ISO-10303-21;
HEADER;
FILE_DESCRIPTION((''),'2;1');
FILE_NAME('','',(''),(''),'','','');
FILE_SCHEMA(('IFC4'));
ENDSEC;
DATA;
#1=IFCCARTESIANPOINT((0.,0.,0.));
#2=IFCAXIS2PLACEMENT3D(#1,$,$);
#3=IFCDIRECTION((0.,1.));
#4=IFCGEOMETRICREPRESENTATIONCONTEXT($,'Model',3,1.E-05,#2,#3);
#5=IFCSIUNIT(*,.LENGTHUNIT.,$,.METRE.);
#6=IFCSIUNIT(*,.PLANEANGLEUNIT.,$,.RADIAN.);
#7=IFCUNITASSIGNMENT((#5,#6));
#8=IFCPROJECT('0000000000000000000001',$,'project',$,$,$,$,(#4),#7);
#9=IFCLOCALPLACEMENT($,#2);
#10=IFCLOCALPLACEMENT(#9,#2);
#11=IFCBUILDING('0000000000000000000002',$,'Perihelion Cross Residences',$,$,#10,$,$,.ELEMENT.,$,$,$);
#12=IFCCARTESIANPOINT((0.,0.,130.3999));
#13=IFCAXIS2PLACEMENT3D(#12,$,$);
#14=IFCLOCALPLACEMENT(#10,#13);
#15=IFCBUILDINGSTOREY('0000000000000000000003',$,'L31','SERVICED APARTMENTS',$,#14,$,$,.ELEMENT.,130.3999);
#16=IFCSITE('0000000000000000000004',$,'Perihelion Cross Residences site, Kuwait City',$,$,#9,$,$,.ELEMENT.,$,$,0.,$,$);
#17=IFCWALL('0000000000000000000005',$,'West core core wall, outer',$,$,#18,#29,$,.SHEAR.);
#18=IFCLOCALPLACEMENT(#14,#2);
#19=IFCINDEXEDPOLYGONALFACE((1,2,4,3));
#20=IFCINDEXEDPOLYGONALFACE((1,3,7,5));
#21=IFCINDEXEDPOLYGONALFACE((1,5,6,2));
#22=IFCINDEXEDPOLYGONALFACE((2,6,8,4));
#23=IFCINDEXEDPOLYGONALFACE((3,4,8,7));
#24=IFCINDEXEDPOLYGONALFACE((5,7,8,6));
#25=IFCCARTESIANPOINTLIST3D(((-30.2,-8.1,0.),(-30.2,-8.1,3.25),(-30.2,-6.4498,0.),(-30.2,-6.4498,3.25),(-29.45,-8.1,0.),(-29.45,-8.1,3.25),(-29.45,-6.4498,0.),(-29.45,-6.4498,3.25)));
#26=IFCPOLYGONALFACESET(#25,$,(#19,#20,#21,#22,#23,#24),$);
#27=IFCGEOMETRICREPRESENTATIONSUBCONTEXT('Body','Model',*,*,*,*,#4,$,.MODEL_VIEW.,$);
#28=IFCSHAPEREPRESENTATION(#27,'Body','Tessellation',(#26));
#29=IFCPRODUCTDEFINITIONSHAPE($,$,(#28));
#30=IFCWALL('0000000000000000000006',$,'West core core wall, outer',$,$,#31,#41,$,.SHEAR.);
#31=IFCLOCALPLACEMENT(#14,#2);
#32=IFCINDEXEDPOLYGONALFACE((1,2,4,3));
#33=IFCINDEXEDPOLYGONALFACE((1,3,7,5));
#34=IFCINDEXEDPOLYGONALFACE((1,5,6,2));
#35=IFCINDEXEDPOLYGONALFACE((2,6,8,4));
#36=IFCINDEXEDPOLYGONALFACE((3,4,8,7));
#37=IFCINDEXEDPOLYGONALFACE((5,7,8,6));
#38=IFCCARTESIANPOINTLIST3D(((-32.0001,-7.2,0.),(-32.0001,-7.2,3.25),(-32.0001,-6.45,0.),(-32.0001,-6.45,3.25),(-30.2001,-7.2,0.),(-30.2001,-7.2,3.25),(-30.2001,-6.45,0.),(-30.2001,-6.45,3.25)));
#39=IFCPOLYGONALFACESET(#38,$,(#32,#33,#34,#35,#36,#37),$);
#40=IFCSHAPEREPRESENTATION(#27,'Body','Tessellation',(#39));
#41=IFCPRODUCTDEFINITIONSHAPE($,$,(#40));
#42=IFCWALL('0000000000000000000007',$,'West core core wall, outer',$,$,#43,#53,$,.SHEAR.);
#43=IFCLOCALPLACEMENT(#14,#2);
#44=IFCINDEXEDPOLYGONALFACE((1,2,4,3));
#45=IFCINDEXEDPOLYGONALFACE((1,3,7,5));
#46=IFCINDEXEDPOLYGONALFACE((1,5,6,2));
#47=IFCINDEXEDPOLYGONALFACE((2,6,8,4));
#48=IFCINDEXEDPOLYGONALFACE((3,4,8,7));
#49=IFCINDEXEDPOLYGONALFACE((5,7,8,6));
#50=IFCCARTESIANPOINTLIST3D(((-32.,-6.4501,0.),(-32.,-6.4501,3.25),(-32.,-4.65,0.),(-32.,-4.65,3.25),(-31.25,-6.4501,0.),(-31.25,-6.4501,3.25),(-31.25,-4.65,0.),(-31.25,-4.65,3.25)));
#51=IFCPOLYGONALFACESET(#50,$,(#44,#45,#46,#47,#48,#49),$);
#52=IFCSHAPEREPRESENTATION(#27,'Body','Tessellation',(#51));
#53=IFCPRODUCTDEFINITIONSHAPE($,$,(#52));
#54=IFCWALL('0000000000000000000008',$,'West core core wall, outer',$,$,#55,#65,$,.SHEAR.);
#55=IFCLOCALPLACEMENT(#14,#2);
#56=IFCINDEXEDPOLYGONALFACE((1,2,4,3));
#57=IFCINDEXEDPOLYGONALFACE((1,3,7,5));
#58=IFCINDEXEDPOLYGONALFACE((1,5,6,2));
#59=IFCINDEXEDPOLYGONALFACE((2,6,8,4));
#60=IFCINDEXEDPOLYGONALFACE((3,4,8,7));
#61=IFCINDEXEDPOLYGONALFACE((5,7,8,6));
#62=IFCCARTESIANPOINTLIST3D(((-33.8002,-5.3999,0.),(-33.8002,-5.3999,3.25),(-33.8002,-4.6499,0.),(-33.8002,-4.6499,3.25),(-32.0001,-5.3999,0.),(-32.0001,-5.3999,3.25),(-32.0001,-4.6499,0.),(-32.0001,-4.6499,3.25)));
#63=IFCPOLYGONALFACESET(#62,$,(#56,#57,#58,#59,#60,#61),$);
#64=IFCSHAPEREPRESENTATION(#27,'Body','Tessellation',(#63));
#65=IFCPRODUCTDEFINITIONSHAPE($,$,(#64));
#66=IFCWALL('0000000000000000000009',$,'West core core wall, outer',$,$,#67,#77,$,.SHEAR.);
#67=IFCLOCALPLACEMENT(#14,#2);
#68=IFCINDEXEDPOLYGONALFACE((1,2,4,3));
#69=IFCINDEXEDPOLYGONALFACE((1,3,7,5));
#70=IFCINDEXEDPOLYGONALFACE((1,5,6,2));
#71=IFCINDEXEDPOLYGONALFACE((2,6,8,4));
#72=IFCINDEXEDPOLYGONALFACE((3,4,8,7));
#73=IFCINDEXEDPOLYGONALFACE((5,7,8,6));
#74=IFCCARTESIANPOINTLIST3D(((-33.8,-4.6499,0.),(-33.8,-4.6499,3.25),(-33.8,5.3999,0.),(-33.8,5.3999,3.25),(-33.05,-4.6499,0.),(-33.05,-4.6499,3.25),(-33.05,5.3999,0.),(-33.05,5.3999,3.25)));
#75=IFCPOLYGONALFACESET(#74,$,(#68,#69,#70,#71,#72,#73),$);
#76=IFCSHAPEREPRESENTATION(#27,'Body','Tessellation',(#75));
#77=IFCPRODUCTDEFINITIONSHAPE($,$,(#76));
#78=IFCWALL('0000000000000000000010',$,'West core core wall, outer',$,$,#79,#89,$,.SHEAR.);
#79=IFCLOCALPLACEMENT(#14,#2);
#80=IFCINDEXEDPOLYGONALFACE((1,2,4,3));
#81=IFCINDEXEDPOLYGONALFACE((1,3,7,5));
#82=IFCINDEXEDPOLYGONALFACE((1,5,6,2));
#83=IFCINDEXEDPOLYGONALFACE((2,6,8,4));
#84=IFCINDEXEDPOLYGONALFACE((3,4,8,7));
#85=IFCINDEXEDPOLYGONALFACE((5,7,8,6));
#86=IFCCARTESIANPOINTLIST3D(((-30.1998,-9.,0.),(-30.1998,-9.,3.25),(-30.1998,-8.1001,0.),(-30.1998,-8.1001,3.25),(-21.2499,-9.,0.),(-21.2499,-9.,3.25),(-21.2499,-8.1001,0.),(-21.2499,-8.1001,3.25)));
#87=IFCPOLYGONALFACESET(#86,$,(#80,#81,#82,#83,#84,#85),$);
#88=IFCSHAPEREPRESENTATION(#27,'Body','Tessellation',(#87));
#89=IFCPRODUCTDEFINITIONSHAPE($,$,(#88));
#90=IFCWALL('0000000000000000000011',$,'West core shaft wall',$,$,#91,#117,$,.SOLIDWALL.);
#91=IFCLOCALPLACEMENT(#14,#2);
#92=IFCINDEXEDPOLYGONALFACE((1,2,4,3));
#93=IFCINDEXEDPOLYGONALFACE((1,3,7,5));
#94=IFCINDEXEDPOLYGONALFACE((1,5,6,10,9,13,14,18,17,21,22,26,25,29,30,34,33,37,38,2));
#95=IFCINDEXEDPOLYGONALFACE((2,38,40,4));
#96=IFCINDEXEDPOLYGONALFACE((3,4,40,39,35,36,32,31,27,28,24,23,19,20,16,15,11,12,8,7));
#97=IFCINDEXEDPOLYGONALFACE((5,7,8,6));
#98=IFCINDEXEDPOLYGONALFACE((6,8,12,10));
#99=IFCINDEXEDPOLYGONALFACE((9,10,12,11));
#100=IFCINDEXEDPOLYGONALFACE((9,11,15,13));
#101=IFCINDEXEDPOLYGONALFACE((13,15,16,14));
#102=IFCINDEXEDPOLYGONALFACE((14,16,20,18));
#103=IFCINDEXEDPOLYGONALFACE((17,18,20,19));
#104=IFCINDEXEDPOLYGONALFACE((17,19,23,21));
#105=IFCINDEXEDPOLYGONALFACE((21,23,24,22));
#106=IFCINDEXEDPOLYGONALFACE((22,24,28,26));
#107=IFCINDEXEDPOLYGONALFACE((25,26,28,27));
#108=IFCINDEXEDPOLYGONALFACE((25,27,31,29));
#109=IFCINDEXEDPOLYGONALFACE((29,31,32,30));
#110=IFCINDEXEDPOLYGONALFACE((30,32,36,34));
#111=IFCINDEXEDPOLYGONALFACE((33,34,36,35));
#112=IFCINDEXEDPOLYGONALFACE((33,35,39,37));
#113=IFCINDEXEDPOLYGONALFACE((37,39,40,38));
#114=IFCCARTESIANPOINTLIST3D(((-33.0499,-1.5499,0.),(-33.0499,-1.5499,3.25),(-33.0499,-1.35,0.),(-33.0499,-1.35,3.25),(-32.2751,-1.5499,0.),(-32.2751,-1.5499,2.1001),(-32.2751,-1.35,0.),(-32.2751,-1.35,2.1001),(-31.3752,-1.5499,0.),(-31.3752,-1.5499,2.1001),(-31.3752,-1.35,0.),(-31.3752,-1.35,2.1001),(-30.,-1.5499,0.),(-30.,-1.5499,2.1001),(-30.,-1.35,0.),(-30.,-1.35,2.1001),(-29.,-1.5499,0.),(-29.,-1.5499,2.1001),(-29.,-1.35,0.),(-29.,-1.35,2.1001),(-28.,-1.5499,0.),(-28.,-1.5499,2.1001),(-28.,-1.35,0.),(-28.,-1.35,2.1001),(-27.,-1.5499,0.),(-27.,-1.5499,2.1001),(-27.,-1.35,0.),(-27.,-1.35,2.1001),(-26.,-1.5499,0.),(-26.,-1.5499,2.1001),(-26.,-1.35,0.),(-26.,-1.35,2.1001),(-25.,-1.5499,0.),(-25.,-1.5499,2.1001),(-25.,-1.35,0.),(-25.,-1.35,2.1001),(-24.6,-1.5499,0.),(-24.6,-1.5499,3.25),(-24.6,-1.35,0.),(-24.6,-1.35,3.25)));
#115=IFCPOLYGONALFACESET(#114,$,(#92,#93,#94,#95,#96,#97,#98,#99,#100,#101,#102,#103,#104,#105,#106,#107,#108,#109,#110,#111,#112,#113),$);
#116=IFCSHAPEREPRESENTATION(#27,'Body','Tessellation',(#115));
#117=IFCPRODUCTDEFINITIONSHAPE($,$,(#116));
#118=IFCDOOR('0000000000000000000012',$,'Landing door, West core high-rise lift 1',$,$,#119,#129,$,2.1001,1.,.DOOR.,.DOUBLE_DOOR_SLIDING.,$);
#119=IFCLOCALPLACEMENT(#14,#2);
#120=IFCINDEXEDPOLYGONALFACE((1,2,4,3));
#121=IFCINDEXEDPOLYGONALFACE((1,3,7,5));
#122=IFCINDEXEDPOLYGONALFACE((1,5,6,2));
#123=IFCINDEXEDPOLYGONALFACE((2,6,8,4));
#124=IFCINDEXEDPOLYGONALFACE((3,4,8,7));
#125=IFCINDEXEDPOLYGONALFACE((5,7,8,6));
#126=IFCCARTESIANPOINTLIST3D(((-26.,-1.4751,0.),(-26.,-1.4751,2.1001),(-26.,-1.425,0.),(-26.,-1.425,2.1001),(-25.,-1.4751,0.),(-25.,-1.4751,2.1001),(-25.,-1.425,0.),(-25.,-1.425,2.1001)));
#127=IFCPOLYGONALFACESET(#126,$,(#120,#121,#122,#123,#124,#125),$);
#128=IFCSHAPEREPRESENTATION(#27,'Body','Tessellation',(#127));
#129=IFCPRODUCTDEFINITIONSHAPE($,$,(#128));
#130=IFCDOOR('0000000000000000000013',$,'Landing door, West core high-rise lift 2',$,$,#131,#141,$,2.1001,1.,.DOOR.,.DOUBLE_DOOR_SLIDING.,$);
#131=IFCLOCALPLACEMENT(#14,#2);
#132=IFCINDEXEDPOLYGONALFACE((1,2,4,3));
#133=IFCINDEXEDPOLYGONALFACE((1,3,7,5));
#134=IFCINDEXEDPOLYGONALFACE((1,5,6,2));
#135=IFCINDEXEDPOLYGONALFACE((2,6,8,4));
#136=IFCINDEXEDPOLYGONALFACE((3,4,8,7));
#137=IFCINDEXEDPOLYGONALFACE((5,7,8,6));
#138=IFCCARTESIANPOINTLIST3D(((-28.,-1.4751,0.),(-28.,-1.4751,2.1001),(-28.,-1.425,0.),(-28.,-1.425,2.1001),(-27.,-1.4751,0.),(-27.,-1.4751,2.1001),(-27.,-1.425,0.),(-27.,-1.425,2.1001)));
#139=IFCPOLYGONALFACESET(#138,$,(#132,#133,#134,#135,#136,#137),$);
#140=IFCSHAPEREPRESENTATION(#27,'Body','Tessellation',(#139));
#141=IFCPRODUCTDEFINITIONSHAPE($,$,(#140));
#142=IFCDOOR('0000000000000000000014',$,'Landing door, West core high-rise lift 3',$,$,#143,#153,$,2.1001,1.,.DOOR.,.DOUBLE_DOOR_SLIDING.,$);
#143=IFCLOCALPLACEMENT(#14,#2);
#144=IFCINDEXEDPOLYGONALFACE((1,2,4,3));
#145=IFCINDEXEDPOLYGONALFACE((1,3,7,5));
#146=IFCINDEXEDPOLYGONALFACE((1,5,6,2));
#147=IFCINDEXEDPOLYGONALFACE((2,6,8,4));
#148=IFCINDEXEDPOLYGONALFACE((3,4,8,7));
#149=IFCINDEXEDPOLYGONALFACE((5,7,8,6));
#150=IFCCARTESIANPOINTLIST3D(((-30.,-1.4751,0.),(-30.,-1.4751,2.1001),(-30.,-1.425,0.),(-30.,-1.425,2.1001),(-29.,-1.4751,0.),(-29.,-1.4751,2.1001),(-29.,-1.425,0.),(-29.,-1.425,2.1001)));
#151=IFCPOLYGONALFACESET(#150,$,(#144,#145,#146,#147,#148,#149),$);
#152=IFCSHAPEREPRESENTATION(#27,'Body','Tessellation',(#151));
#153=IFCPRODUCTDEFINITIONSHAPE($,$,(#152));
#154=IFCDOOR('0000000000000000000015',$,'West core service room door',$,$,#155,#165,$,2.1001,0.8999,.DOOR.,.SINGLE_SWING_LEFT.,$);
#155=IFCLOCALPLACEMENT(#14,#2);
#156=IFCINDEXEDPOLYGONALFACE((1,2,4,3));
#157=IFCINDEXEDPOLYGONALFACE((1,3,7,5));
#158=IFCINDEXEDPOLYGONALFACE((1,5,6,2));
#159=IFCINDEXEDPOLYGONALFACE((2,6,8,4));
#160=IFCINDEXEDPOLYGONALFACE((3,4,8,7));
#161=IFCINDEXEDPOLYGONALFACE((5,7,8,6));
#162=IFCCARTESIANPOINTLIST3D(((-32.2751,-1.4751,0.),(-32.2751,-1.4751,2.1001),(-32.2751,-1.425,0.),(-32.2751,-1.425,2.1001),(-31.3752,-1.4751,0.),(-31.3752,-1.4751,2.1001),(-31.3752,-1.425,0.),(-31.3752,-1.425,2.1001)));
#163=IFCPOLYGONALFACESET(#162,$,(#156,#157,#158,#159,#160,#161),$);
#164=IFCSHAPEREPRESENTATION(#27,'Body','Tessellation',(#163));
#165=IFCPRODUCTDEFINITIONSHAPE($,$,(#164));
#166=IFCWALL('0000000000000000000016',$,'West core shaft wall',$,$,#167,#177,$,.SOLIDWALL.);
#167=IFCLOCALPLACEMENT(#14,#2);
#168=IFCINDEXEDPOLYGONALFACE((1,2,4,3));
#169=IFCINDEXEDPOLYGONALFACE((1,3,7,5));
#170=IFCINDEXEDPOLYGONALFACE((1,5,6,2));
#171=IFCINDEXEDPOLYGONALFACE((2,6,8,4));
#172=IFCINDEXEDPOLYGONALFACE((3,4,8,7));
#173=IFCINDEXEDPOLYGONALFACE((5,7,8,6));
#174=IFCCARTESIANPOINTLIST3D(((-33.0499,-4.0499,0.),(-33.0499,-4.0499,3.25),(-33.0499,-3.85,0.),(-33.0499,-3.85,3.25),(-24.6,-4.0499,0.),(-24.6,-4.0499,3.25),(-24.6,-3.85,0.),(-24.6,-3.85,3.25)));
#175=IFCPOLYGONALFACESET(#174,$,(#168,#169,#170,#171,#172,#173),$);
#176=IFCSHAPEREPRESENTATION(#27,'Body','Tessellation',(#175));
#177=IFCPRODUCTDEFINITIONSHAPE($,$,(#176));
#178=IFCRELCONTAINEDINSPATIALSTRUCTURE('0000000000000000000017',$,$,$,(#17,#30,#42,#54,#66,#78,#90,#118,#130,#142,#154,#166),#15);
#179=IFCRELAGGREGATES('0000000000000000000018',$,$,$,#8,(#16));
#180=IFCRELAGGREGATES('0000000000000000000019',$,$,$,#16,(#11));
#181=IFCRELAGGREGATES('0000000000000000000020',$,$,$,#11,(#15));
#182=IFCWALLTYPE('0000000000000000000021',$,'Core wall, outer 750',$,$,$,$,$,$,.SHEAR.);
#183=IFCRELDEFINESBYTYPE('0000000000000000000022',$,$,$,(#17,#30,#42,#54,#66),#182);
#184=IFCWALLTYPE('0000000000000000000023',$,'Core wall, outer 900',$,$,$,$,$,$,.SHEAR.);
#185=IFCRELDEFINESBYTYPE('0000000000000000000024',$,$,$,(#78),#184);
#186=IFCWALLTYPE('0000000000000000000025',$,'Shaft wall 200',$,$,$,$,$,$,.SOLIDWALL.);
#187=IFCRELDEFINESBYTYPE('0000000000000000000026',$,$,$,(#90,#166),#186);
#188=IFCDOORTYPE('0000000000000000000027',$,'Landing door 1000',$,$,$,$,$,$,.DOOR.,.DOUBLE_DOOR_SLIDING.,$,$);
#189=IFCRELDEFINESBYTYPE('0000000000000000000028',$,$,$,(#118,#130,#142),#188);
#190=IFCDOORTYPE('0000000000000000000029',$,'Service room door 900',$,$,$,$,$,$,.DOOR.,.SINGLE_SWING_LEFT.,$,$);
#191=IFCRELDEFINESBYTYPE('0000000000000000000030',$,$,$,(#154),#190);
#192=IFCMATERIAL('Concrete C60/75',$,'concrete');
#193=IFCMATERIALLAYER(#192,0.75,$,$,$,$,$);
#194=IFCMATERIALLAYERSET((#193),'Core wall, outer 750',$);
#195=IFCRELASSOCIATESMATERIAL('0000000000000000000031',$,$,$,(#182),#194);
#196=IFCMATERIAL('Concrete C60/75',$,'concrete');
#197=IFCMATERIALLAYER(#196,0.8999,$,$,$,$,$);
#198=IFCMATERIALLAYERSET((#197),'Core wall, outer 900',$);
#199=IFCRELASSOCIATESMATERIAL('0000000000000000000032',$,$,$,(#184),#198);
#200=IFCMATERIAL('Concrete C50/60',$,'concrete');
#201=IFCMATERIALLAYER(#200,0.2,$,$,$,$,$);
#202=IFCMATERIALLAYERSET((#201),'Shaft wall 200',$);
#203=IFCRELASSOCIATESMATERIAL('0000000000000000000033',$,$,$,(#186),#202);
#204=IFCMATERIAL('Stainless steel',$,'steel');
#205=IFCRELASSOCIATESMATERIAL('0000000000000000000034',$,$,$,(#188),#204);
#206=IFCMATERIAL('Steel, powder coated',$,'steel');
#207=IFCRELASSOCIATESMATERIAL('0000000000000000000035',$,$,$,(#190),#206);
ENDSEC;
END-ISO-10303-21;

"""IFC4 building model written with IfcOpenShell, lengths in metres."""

from ifc_helpers import new_model, si_unit, direction, frame, frame_2d, origin, place, context, subcontext, project, spatial, rectangle, extrude, material, layer, layer_set, type_object, element, fill, save


model = new_model("IFC4")

# Units and contexts
model_context = context("Model", 3, precision=1e-05, world=origin(), true_north=direction((0.0, 1.0)))
body_context = subcontext(model_context, "Body", "Model", "MODEL_VIEW")
ifc_project = project(units=[si_unit("LENGTHUNIT", "METRE"), si_unit("PLANEANGLEUNIT", "RADIAN")], contexts=[model_context])

# Site, building, storey
site_placement = place(None, origin())
site = spatial("IfcSite", under=ifc_project, at=site_placement, Name="Perihelion Cross Residences site, Kuwait City", CompositionType="ELEMENT", RefElevation=0.0)
building_placement = place(site_placement, origin())
building = spatial("IfcBuilding", under=site, at=building_placement, Name="Perihelion Cross Residences", CompositionType="ELEMENT")
storey_placement = place(building_placement, frame((0.0, 0.0, 130.3999)))
storey = spatial("IfcBuildingStorey", under=building, at=storey_placement, Name="L31", Description="SERVICED APARTMENTS", CompositionType="ELEMENT", Elevation=130.3999)

# Walls
ifc_material_1 = material(Name="Concrete C60/75", Category="concrete")
ifc_layer_1 = layer(ifc_material_1, 0.75)
ifc_layer_set_1 = layer_set([ifc_layer_1], Name="Core wall, outer 750")
wall_type_1 = type_object("IfcWallType", Name="Core wall, outer 750", PredefinedType="SHEAR", material=ifc_layer_set_1)
wall_1_placement = place(storey_placement, frame((-29.825, -8.1001, 0.0), z_axis=(0.0, 0.0, 1.0), x_axis=(0.0, 1.0, 0.0)))
element("IfcWall", 1, at=wall_1_placement, inside=storey, type_object=wall_type_1, Name="West core core wall, outer", PredefinedType="SHEAR", context=body_context, shape_type="SweptSolid", body=[
    extrude(rectangle(XDim=1.6501, YDim=0.75, at=frame_2d((0.8252, 0.0))), origin(), (0.0, 0.0, 1.0), 3.25),
])
for number, where, z_axis, x_axis, name in (
    (2, (-32.0, -6.825, 0.0), (0.0, 0.0, 1.0), (1.0, 0.0, 0.0), "West core core wall, outer"),
    (3, (-31.625, -6.45, 0.0), (0.0, 0.0, 1.0), (0.0, 1.0, 0.0), "West core core wall, outer"),
    (4, (-33.8, -5.0249, 0.0), (0.0, 0.0, 1.0), (1.0, 0.0, 0.0), "West core core wall, outer"),
):
    element("IfcWall", number, at=place(storey_placement, frame(where, z_axis=z_axis, x_axis=x_axis)), inside=storey, type_object=wall_type_1, Name=name, PredefinedType="SHEAR", context=body_context, shape_type="SweptSolid", body=[
        extrude(rectangle(XDim=1.8, YDim=0.75, at=frame_2d((0.8999, 0.0))), origin(), (0.0, 0.0, 1.0), 3.25),
    ])
wall_2_placement = place(storey_placement, frame((-33.425, -4.6499, 0.0), z_axis=(0.0, 0.0, 1.0), x_axis=(0.0, 1.0, 0.0)))
element("IfcWall", 5, at=wall_2_placement, inside=storey, type_object=wall_type_1, Name="West core core wall, outer", PredefinedType="SHEAR", context=body_context, shape_type="SweptSolid", body=[
    extrude(rectangle(XDim=10.0498, YDim=0.75, at=frame_2d((5.0249, 0.0))), origin(), (0.0, 0.0, 1.0), 3.25),
])
ifc_material_2 = material(Name="Concrete C60/75", Category="concrete")
ifc_layer_2 = layer(ifc_material_2, 0.8999)
ifc_layer_set_2 = layer_set([ifc_layer_2], Name="Core wall, outer 900")
wall_type_2 = type_object("IfcWallType", Name="Core wall, outer 900", PredefinedType="SHEAR", material=ifc_layer_set_2)
wall_3_placement = place(storey_placement, frame((-30.2, -8.55, 0.0), z_axis=(0.0, 0.0, 1.0), x_axis=(1.0, 0.0, 0.0)))
element("IfcWall", 6, at=wall_3_placement, inside=storey, type_object=wall_type_2, Name="West core core wall, outer", PredefinedType="SHEAR", context=body_context, shape_type="SweptSolid", body=[
    extrude(rectangle(XDim=8.95, YDim=0.8999, at=frame_2d((4.4751, 0.0))), origin(), (0.0, 0.0, 1.0), 3.25),
])

# Wall, openings, doors
ifc_material_3 = material(Name="Concrete C50/60", Category="concrete")
ifc_layer_3 = layer(ifc_material_3, 0.2)
ifc_layer_set_3 = layer_set([ifc_layer_3], Name="Shaft wall 200")
wall_type_3 = type_object("IfcWallType", Name="Shaft wall 200", PredefinedType="SOLIDWALL", material=ifc_layer_set_3)
wall_4_placement = place(storey_placement, frame((-33.05, -1.45, 0.0), z_axis=(0.0, 0.0, 1.0), x_axis=(1.0, 0.0, 0.0)))
wall_4 = element("IfcWall", 7, at=wall_4_placement, inside=storey, type_object=wall_type_3, Name="West core shaft wall", PredefinedType="SOLIDWALL", context=body_context, shape_type="SweptSolid", body=[
    extrude(rectangle(XDim=8.45, YDim=0.2, at=frame_2d((4.2251, 0.0))), origin(), (0.0, 0.0, 1.0), 3.25),
])
opening_1_placement = place(wall_4_placement, frame((7.05, 0.0, 0.0)))
opening_1 = element("IfcOpeningElement", 8, at=opening_1_placement, cuts=wall_4, PredefinedType="OPENING", context=body_context, shape_type="SweptSolid", body=[
    extrude(rectangle(XDim=1.0, YDim=2.1001, at=frame_2d((0.5, 1.05))), frame((0.0, 0.1099, 0.0), z_axis=(0.0, -1.0, 0.0), x_axis=(1.0, 0.0, 0.0)), (0.0, 0.0, 1.0), 0.22),
])
opening_2_placement = place(wall_4_placement, frame((5.05, 0.0, 0.0)))
opening_2 = element("IfcOpeningElement", 9, at=opening_2_placement, cuts=wall_4, PredefinedType="OPENING", context=body_context, shape_type="SweptSolid", body=[
    extrude(rectangle(XDim=1.0, YDim=2.1001, at=frame_2d((0.5, 1.05))), frame((0.0, 0.1099, 0.0), z_axis=(0.0, -1.0, 0.0), x_axis=(1.0, 0.0, 0.0)), (0.0, 0.0, 1.0), 0.22),
])
opening_3_placement = place(wall_4_placement, frame((3.05, 0.0, 0.0)))
opening_3 = element("IfcOpeningElement", 10, at=opening_3_placement, cuts=wall_4, PredefinedType="OPENING", context=body_context, shape_type="SweptSolid", body=[
    extrude(rectangle(XDim=1.0, YDim=2.1001, at=frame_2d((0.5, 1.05))), frame((0.0, 0.1099, 0.0), z_axis=(0.0, -1.0, 0.0), x_axis=(1.0, 0.0, 0.0)), (0.0, 0.0, 1.0), 0.22),
])
opening_4_placement = place(wall_4_placement, frame((0.7749, 0.0, 0.0)))
opening_4 = element("IfcOpeningElement", 11, at=opening_4_placement, cuts=wall_4, PredefinedType="OPENING", context=body_context, shape_type="SweptSolid", body=[
    extrude(rectangle(XDim=0.8999, YDim=2.1001, at=frame_2d((0.45, 1.05))), frame((0.0, 0.1099, 0.0), z_axis=(0.0, -1.0, 0.0), x_axis=(1.0, 0.0, 0.0)), (0.0, 0.0, 1.0), 0.22),
])
ifc_material_4 = material(Name="Stainless steel", Category="steel")
door_type_1 = type_object("IfcDoorType", Name="Landing door 1000", OperationType="DOUBLE_DOOR_SLIDING", PredefinedType="DOOR", material=ifc_material_4)
door_1_placement = place(opening_1_placement, origin())
door_1 = element("IfcDoor", 12, at=door_1_placement, inside=storey, type_object=door_type_1, Name="Landing door, West core high-rise lift 1", OperationType="DOUBLE_DOOR_SLIDING", OverallHeight=2.1001, OverallWidth=1.0, PredefinedType="DOOR", context=body_context, shape_type="SweptSolid", body=[
    extrude(rectangle(XDim=1.0, YDim=2.1001, at=frame_2d((0.5, 1.05))), frame((0.0, 0.0249, 0.0), z_axis=(0.0, -1.0, 0.0), x_axis=(1.0, 0.0, 0.0)), (0.0, 0.0, 1.0), 0.05),
])
fill(opening_1, door_1)
door_2_placement = place(opening_2_placement, origin())
door_2 = element("IfcDoor", 13, at=door_2_placement, inside=storey, type_object=door_type_1, Name="Landing door, West core high-rise lift 2", OperationType="DOUBLE_DOOR_SLIDING", OverallHeight=2.1001, OverallWidth=1.0, PredefinedType="DOOR", context=body_context, shape_type="SweptSolid", body=[
    extrude(rectangle(XDim=1.0, YDim=2.1001, at=frame_2d((0.5, 1.05))), frame((0.0, 0.0249, 0.0), z_axis=(0.0, -1.0, 0.0), x_axis=(1.0, 0.0, 0.0)), (0.0, 0.0, 1.0), 0.05),
])
fill(opening_2, door_2)
door_3_placement = place(opening_3_placement, origin())
door_3 = element("IfcDoor", 14, at=door_3_placement, inside=storey, type_object=door_type_1, Name="Landing door, West core high-rise lift 3", OperationType="DOUBLE_DOOR_SLIDING", OverallHeight=2.1001, OverallWidth=1.0, PredefinedType="DOOR", context=body_context, shape_type="SweptSolid", body=[
    extrude(rectangle(XDim=1.0, YDim=2.1001, at=frame_2d((0.5, 1.05))), frame((0.0, 0.0249, 0.0), z_axis=(0.0, -1.0, 0.0), x_axis=(1.0, 0.0, 0.0)), (0.0, 0.0, 1.0), 0.05),
])
fill(opening_3, door_3)
ifc_material_5 = material(Name="Steel, powder coated", Category="steel")
door_type_2 = type_object("IfcDoorType", Name="Service room door 900", OperationType="SINGLE_SWING_LEFT", PredefinedType="DOOR", material=ifc_material_5)
door_4_placement = place(opening_4_placement, origin())
door_4 = element("IfcDoor", 15, at=door_4_placement, inside=storey, type_object=door_type_2, Name="West core service room door", OperationType="SINGLE_SWING_LEFT", OverallHeight=2.1001, OverallWidth=0.8999, PredefinedType="DOOR", context=body_context, shape_type="SweptSolid", body=[
    extrude(rectangle(XDim=0.8999, YDim=2.1001, at=frame_2d((0.45, 1.05))), frame((0.0, 0.0249, 0.0), z_axis=(0.0, -1.0, 0.0), x_axis=(1.0, 0.0, 0.0)), (0.0, 0.0, 1.0), 0.05),
])
fill(opening_4, door_4)

# Wall
wall_5_placement = place(storey_placement, frame((-33.05, -3.95, 0.0), z_axis=(0.0, 0.0, 1.0), x_axis=(1.0, 0.0, 0.0)))
element("IfcWall", 16, at=wall_5_placement, inside=storey, type_object=wall_type_3, Name="West core shaft wall", PredefinedType="SOLIDWALL", context=body_context, shape_type="SweptSolid", body=[
    extrude(rectangle(XDim=8.45, YDim=0.2, at=frame_2d((4.2251, 0.0))), origin(), (0.0, 0.0, 1.0), 3.25),
])

save(model, "model.ifc")
